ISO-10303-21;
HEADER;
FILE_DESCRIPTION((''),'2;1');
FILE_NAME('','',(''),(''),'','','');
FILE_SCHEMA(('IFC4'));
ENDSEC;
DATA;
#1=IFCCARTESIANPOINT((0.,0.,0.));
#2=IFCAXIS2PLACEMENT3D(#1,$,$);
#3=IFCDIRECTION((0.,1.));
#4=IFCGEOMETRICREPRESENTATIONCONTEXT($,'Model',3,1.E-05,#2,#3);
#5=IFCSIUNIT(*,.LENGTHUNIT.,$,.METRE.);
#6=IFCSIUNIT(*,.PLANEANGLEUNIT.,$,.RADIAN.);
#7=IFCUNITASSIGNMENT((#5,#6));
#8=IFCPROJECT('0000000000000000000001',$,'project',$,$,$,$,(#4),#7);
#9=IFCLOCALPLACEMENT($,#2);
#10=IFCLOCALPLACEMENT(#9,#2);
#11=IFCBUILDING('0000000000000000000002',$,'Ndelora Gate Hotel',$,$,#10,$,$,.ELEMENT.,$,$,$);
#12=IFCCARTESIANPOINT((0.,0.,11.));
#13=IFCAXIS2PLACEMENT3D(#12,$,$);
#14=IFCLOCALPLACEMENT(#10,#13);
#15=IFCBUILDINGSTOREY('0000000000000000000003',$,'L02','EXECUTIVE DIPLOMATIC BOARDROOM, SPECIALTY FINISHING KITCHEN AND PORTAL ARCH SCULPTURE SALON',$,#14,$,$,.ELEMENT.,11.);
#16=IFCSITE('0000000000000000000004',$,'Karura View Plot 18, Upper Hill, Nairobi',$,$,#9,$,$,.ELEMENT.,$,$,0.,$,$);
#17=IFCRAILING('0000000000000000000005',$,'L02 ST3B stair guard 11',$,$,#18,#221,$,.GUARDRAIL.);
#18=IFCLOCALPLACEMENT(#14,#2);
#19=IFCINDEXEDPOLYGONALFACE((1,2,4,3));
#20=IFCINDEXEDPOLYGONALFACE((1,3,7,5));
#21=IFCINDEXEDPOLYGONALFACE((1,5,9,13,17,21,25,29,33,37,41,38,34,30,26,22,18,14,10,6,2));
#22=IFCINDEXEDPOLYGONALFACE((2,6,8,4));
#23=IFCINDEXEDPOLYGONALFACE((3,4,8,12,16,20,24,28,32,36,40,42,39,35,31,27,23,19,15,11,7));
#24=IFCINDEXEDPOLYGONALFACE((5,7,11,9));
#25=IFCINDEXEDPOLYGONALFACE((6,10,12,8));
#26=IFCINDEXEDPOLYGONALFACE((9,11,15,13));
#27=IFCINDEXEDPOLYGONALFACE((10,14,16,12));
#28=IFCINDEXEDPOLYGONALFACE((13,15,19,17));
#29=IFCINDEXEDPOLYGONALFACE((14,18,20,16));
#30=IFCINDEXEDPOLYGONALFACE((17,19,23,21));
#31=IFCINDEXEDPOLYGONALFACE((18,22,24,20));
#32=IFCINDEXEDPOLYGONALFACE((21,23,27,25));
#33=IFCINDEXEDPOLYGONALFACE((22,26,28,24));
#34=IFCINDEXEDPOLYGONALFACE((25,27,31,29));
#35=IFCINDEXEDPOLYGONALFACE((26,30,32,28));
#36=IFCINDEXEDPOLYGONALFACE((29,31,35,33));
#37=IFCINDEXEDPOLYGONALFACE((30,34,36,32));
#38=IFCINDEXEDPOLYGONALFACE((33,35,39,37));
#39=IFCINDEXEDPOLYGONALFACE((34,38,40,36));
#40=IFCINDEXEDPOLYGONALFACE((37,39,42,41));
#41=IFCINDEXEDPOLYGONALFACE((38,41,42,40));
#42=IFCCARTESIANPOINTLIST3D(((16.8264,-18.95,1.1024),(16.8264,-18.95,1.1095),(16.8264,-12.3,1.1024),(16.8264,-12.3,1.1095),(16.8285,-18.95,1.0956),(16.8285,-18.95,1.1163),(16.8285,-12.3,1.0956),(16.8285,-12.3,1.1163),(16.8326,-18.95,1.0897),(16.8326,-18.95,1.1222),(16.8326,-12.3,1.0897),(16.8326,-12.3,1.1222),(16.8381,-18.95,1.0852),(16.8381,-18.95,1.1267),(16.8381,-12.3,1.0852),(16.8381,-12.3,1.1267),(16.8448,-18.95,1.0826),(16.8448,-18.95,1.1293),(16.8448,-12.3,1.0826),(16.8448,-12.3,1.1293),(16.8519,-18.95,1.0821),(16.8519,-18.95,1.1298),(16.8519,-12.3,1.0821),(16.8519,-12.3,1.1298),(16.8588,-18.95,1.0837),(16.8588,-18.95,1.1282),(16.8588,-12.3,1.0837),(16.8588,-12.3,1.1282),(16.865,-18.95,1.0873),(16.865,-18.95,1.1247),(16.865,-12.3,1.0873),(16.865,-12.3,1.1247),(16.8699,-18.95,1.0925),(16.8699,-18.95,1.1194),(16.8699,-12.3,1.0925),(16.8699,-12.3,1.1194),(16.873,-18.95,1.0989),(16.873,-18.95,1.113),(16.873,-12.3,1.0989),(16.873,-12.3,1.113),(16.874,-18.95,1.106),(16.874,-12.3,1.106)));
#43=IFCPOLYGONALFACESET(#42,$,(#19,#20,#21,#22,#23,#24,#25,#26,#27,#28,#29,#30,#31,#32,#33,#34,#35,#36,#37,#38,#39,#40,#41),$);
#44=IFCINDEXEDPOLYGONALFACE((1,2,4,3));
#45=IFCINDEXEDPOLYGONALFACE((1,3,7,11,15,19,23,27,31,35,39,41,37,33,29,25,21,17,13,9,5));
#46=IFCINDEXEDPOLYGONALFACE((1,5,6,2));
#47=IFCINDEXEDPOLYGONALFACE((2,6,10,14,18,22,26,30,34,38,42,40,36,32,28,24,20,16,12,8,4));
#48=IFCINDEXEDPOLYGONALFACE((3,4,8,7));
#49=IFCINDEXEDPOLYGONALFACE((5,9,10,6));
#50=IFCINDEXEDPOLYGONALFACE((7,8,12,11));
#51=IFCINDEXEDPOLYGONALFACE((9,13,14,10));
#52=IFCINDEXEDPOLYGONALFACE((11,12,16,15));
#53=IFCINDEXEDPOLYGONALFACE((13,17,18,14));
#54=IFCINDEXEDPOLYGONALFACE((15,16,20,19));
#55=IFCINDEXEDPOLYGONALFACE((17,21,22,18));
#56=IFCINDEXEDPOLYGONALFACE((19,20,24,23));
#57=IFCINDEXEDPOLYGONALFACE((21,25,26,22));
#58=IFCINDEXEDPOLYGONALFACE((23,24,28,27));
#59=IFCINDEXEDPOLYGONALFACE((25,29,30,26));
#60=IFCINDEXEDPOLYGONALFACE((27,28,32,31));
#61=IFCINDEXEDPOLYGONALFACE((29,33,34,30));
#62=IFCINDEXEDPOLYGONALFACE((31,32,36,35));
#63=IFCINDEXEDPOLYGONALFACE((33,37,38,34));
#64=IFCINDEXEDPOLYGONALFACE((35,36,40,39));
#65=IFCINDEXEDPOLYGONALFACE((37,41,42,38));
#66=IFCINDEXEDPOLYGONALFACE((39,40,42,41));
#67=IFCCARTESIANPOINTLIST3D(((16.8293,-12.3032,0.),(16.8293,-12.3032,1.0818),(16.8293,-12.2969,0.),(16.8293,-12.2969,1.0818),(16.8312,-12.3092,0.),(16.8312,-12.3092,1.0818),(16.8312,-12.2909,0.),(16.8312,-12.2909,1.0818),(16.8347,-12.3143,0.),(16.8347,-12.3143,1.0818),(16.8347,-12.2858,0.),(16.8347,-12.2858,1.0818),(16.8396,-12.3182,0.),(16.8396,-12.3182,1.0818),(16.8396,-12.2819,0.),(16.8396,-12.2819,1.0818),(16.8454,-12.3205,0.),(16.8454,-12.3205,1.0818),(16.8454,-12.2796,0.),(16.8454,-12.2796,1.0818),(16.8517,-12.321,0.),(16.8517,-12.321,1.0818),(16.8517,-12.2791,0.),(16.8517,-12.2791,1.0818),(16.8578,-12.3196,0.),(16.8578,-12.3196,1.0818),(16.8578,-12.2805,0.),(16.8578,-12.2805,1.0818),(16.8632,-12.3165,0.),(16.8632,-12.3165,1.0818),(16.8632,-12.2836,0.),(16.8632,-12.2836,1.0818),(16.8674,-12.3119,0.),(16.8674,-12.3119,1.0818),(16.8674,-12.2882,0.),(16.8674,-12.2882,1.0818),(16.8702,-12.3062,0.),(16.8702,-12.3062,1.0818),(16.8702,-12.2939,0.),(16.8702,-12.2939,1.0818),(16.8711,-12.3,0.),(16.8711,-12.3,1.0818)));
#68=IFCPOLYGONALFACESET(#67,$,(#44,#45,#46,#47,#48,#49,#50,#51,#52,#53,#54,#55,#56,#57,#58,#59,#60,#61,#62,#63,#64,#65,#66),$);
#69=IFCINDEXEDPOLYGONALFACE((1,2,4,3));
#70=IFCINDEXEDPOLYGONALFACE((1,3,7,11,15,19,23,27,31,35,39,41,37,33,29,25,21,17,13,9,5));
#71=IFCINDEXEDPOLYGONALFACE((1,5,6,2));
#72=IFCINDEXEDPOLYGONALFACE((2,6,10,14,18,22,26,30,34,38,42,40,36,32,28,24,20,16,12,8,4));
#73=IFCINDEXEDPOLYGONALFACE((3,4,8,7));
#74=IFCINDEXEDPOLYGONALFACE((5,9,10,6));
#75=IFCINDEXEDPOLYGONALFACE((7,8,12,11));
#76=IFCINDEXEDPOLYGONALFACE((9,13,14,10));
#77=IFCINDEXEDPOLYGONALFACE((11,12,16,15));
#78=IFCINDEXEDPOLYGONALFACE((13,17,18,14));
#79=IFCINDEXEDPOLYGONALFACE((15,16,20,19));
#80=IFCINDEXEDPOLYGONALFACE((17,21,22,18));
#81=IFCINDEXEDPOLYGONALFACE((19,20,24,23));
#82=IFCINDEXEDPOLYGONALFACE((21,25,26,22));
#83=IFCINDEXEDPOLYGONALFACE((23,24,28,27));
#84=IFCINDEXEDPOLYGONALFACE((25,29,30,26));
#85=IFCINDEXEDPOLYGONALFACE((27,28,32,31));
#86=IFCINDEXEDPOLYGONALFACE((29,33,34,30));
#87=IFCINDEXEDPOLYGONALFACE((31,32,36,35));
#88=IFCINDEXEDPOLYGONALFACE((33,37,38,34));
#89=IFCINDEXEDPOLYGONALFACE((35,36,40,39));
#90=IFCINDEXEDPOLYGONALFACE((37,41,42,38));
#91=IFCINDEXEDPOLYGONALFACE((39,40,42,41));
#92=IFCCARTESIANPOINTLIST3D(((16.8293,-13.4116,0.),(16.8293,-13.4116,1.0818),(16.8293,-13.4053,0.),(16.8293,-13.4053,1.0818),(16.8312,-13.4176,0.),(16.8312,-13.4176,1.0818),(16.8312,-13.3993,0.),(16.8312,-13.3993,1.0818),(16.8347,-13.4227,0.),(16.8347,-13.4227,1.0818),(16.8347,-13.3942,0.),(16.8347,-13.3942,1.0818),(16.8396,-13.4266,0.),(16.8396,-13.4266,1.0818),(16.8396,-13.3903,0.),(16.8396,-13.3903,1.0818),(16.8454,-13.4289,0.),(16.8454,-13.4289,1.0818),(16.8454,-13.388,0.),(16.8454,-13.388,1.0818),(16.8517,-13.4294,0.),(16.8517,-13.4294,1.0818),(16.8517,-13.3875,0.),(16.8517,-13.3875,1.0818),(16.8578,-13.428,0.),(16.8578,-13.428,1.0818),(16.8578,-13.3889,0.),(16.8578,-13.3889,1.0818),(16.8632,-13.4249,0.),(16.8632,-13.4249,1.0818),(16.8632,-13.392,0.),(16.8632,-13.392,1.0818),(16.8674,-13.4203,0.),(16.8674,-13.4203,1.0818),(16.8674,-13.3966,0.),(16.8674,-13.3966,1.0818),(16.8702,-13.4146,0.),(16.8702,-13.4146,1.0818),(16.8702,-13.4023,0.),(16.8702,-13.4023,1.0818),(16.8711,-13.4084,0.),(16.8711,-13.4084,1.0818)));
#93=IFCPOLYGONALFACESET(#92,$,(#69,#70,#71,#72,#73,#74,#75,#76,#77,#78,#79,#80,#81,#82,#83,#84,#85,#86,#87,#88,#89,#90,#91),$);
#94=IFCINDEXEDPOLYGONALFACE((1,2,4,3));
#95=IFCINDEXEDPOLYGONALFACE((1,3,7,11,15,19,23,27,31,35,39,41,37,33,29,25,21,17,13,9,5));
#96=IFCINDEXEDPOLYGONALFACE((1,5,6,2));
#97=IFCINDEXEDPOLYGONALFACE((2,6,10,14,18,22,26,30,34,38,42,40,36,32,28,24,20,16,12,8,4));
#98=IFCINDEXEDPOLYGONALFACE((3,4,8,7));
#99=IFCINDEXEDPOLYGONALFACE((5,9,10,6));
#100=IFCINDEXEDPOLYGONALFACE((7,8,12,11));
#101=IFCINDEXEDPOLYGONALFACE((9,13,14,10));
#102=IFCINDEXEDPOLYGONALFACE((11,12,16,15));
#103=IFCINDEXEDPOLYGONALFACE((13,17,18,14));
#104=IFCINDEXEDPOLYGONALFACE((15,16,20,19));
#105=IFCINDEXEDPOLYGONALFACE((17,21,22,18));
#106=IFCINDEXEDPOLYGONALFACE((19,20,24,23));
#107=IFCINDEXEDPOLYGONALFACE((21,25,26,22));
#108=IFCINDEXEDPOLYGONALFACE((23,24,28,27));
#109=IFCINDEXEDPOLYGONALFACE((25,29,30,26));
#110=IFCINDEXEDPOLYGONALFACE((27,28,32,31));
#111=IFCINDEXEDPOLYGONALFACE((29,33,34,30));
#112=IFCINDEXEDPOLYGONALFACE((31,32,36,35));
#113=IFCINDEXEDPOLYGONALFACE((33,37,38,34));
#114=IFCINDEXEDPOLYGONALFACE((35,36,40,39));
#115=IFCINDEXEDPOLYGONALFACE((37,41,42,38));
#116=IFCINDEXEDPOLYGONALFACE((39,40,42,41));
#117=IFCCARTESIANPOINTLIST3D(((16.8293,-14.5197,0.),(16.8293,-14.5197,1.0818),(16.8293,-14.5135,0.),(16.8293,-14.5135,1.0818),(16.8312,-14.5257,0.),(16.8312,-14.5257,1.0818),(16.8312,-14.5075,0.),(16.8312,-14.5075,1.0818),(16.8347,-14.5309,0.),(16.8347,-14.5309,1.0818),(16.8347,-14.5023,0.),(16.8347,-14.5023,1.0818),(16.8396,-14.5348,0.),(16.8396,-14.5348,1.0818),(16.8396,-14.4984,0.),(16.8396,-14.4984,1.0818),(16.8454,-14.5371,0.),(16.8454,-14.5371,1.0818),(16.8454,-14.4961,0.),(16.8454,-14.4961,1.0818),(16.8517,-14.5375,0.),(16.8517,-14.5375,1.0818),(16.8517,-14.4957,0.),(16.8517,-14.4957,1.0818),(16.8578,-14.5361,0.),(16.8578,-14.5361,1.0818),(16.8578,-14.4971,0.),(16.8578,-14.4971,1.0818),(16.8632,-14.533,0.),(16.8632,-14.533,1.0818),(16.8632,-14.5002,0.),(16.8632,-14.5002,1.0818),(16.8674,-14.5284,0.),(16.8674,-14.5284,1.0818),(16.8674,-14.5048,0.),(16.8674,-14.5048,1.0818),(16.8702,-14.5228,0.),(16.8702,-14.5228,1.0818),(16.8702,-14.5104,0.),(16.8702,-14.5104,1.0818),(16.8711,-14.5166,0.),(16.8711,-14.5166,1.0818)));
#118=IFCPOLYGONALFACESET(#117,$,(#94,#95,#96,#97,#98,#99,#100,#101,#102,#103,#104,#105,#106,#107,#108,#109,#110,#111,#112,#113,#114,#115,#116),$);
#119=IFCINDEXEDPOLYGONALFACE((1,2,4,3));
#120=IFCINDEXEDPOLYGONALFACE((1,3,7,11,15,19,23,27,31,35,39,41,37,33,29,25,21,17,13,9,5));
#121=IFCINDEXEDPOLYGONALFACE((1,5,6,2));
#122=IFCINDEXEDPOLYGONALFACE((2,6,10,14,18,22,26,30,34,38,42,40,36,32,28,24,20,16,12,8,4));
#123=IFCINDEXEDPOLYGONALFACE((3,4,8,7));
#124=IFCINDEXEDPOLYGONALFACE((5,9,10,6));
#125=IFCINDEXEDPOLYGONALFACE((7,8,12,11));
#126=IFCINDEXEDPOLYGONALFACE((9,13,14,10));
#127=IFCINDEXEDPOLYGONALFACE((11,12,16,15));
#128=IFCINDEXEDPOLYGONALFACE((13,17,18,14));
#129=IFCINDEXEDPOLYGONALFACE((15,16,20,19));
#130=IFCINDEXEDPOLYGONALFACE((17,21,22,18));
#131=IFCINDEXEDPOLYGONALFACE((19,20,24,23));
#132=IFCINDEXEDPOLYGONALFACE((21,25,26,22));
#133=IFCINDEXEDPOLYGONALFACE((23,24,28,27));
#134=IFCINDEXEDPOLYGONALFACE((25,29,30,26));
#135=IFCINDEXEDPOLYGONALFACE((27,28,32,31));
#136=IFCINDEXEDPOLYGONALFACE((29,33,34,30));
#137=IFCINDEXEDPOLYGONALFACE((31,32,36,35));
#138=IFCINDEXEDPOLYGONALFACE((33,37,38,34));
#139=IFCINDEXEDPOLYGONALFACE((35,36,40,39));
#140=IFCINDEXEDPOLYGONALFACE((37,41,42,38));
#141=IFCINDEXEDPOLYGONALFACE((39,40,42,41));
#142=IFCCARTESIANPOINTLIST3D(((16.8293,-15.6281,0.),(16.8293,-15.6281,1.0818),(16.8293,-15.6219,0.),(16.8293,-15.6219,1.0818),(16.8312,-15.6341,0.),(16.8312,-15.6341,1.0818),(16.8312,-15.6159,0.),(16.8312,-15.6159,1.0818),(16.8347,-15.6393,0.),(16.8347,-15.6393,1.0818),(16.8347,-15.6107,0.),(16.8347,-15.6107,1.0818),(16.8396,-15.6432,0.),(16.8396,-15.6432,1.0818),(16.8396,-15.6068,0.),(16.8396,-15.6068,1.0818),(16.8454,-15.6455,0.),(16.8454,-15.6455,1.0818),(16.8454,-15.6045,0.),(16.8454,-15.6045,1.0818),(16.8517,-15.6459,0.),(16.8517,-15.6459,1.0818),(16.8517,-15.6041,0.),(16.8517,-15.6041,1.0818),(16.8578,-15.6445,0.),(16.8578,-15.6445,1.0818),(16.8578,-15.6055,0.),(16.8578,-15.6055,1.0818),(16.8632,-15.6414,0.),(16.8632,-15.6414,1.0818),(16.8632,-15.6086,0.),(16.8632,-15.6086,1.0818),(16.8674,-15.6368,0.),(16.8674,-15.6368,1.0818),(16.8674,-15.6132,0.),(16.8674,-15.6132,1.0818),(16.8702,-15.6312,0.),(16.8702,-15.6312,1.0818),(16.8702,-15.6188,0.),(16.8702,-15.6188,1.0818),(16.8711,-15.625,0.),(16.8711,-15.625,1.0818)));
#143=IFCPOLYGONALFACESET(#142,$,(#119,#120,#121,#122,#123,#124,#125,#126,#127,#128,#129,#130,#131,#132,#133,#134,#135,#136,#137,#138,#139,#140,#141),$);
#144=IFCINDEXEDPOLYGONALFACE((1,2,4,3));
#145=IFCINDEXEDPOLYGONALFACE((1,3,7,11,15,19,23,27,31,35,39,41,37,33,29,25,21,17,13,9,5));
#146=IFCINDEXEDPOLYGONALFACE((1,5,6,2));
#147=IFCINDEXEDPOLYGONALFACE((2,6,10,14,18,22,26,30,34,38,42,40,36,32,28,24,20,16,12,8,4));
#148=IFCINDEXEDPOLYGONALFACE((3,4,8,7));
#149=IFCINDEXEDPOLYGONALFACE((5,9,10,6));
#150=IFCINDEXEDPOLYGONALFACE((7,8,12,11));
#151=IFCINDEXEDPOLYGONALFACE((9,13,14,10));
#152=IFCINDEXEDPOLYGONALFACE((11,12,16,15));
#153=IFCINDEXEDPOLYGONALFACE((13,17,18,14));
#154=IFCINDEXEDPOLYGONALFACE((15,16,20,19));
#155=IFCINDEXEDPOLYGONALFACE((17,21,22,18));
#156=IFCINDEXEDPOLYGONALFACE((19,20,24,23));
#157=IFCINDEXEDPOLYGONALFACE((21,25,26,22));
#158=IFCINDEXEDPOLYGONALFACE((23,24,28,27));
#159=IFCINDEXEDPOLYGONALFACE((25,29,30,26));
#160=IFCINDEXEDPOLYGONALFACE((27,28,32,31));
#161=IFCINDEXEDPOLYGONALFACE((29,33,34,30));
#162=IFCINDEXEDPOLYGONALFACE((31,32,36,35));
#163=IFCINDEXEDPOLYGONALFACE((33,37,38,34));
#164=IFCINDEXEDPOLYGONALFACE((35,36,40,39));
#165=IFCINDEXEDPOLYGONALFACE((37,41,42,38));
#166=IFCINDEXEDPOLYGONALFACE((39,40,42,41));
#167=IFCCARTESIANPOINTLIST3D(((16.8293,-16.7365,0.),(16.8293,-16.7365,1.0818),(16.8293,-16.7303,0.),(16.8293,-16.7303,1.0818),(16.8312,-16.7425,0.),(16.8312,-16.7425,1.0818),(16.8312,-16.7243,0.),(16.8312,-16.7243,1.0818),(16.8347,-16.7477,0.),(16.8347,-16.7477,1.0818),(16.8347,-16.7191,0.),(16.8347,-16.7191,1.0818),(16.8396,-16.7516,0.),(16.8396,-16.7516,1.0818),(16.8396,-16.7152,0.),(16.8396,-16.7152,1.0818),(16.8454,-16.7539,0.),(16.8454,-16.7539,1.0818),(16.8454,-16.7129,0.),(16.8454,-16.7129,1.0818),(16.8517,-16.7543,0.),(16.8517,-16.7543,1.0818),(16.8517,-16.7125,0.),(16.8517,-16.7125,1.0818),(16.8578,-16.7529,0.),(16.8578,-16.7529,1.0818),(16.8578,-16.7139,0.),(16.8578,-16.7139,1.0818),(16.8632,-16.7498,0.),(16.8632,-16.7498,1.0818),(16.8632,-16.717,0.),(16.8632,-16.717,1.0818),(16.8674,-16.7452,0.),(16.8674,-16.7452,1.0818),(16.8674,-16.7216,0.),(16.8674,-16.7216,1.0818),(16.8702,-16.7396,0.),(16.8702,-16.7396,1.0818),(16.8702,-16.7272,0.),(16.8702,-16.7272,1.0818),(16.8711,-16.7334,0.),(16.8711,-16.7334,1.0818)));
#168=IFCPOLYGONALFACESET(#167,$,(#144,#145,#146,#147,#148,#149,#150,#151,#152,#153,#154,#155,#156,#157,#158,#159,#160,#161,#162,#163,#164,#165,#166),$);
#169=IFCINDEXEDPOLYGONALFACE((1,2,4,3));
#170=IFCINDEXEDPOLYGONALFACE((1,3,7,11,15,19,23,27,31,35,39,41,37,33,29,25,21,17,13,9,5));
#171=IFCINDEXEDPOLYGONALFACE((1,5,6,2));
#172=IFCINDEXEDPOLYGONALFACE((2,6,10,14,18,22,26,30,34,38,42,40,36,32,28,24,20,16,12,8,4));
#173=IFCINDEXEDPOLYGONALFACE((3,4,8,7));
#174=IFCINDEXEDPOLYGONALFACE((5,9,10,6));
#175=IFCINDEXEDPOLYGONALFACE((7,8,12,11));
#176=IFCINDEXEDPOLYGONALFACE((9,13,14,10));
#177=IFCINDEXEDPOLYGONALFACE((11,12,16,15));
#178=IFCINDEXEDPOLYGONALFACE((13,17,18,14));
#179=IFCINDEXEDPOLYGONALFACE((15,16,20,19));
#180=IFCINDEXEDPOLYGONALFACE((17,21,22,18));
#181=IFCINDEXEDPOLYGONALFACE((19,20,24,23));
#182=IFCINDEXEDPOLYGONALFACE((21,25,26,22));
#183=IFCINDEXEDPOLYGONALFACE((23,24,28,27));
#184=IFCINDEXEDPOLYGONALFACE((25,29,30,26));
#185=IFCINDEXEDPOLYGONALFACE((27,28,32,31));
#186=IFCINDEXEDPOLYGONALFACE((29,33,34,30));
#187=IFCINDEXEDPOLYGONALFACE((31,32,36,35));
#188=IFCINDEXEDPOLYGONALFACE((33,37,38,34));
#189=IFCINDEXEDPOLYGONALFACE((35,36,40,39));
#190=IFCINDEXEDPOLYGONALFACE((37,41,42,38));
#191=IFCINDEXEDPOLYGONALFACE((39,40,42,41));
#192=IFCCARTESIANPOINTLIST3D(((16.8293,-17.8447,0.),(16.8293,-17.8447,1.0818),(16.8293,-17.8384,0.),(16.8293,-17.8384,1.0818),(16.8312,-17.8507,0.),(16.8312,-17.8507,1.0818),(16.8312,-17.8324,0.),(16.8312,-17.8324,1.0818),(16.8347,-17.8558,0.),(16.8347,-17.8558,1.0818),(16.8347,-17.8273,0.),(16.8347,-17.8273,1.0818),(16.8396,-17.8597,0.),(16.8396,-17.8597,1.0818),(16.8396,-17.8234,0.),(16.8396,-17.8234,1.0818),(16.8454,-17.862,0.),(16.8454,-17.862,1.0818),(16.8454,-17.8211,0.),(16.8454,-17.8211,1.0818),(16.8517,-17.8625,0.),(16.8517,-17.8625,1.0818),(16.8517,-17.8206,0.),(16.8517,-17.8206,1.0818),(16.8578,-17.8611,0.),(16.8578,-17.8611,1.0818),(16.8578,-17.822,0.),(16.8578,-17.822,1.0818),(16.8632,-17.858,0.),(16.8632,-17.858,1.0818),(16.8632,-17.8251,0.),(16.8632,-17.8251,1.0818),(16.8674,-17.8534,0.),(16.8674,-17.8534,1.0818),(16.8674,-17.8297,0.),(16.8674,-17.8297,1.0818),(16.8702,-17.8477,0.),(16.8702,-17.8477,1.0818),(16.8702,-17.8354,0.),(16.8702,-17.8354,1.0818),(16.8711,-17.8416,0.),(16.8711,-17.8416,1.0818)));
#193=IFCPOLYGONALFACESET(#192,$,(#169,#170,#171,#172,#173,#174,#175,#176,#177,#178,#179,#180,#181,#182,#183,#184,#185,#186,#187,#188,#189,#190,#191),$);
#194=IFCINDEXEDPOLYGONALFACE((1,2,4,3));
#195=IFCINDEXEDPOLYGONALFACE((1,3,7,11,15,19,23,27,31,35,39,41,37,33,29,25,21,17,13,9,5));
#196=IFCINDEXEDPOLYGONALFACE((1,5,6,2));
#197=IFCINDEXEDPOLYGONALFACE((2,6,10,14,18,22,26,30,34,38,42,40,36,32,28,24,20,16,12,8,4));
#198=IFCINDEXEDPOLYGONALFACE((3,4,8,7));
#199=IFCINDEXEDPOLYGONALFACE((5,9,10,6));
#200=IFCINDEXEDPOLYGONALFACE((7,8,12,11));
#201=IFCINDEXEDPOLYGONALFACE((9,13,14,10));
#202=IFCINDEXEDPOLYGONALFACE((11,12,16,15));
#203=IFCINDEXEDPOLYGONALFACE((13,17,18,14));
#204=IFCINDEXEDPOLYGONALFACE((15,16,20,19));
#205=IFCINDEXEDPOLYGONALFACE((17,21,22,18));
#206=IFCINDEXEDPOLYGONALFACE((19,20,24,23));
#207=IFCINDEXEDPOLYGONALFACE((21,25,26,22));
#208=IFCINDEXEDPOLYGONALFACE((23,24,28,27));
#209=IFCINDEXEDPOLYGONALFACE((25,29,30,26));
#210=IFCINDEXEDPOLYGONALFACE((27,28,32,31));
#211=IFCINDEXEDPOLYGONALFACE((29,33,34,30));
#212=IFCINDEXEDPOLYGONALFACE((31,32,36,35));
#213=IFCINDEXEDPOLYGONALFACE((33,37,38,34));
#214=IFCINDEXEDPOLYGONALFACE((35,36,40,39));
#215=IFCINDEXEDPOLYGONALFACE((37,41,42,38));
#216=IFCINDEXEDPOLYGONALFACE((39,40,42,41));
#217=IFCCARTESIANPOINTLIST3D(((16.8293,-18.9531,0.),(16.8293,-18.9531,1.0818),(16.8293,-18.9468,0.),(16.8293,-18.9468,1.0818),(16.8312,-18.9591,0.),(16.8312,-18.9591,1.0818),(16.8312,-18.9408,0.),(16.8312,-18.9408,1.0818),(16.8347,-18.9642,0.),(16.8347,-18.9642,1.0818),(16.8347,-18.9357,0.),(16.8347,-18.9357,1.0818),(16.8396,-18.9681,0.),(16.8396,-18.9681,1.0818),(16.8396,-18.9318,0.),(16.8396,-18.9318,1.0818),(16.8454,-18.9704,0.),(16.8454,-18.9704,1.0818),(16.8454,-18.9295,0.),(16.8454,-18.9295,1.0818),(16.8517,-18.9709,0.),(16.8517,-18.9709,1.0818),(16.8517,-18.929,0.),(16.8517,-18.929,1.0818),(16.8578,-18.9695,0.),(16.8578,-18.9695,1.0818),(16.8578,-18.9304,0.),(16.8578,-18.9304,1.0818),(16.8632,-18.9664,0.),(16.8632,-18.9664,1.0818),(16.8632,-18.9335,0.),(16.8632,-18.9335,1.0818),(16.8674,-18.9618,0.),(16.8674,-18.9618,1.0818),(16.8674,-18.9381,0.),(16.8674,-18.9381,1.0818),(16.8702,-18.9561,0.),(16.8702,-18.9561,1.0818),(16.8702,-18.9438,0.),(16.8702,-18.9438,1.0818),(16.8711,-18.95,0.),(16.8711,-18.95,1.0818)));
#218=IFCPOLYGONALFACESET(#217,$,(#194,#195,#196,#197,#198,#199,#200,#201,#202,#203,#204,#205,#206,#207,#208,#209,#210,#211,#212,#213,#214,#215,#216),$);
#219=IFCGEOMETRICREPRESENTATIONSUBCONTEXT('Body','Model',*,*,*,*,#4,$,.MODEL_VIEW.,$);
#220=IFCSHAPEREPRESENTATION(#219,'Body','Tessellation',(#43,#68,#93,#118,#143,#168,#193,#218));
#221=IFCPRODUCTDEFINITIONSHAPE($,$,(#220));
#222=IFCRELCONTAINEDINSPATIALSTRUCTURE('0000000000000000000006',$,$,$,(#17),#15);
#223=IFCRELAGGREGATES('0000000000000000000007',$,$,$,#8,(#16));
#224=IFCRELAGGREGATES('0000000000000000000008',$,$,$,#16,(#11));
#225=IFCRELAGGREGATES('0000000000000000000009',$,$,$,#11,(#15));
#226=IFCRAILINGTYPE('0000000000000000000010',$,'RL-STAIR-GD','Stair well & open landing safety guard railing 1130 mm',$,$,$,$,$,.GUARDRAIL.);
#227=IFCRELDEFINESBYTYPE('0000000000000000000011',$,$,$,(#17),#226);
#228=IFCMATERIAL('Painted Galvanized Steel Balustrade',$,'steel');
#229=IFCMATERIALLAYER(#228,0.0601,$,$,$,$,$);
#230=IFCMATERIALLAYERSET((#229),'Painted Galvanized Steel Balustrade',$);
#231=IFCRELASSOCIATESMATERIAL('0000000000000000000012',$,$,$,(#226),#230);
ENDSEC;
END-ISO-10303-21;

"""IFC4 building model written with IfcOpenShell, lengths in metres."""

from ifc_helpers import new_model, si_unit, direction, frame, origin, origin_2d, place, context, subcontext, project, spatial, circle, extrude, material, layer, layer_set, type_object, element, save


model = new_model("IFC4")

# Units and contexts
model_context = context("Model", 3, precision=1e-05, world=origin(), true_north=direction((0.0, 1.0)))
body_context = subcontext(model_context, "Body", "Model", "MODEL_VIEW")
ifc_project = project(units=[si_unit("LENGTHUNIT", "METRE"), si_unit("PLANEANGLEUNIT", "RADIAN")], contexts=[model_context])

# Site, building, storey
site_placement = place(None, origin())
site = spatial("IfcSite", under=ifc_project, at=site_placement, Name="Karura View Plot 18, Upper Hill, Nairobi", CompositionType="ELEMENT", RefElevation=0.0)
building_placement = place(site_placement, origin())
building = spatial("IfcBuilding", under=site, at=building_placement, Name="Ndelora Gate Hotel", CompositionType="ELEMENT")
storey_placement = place(building_placement, frame((0.0, 0.0, 11.0)))
storey = spatial("IfcBuildingStorey", under=building, at=storey_placement, Name="L02", Description="EXECUTIVE DIPLOMATIC BOARDROOM, SPECIALTY FINISHING KITCHEN AND PORTAL ARCH SCULPTURE SALON", CompositionType="ELEMENT", Elevation=11.0)

# Railing
ifc_material_1 = material(Name="Painted Galvanized Steel Balustrade", Category="steel")
ifc_layer_1 = layer(ifc_material_1, 0.0601)
ifc_layer_set_1 = layer_set([ifc_layer_1], Name="Painted Galvanized Steel Balustrade")
railing_type = type_object("IfcRailingType", Name="RL-STAIR-GD", Description="Stair well & open landing safety guard railing 1130 mm", PredefinedType="GUARDRAIL", material=ifc_layer_set_1)
railing_placement = place(storey_placement, frame((16.8501, -12.3, 0.0)))
element("IfcRailing", 1, at=railing_placement, inside=storey, type_object=railing_type, Name="L02 ST3B stair guard 11", PredefinedType="GUARDRAIL", context=body_context, shape_type="SweptSolid", body=[
    extrude(circle(Radius=0.0239, at=origin_2d()), frame((0.0, 0.0, 1.106), z_axis=(0.0, -1.0, 0.0), x_axis=(1.0, 0.0, 0.0)), (0.0, 0.0, 1.0), 6.6499),
    extrude(circle(Radius=0.021, at=origin_2d()), origin(), (0.0, 0.0, 1.0), 1.0818),
    extrude(circle(Radius=0.021, at=origin_2d()), frame((0.0, -1.1084, 0.0)), (0.0, 0.0, 1.0), 1.0818),
    extrude(circle(Radius=0.021, at=origin_2d()), frame((0.0, -2.2166, 0.0)), (0.0, 0.0, 1.0), 1.0818),
    extrude(circle(Radius=0.021, at=origin_2d()), frame((0.0, -3.325, 0.0)), (0.0, 0.0, 1.0), 1.0818),
    extrude(circle(Radius=0.021, at=origin_2d()), frame((0.0, -4.4333, 0.0)), (0.0, 0.0, 1.0), 1.0818),
    extrude(circle(Radius=0.021, at=origin_2d()), frame((0.0, -5.5415, 0.0)), (0.0, 0.0, 1.0), 1.0818),
    extrude(circle(Radius=0.021, at=origin_2d()), frame((0.0, -6.6499, 0.0)), (0.0, 0.0, 1.0), 1.0818),
])

save(model, "model.ifc")
